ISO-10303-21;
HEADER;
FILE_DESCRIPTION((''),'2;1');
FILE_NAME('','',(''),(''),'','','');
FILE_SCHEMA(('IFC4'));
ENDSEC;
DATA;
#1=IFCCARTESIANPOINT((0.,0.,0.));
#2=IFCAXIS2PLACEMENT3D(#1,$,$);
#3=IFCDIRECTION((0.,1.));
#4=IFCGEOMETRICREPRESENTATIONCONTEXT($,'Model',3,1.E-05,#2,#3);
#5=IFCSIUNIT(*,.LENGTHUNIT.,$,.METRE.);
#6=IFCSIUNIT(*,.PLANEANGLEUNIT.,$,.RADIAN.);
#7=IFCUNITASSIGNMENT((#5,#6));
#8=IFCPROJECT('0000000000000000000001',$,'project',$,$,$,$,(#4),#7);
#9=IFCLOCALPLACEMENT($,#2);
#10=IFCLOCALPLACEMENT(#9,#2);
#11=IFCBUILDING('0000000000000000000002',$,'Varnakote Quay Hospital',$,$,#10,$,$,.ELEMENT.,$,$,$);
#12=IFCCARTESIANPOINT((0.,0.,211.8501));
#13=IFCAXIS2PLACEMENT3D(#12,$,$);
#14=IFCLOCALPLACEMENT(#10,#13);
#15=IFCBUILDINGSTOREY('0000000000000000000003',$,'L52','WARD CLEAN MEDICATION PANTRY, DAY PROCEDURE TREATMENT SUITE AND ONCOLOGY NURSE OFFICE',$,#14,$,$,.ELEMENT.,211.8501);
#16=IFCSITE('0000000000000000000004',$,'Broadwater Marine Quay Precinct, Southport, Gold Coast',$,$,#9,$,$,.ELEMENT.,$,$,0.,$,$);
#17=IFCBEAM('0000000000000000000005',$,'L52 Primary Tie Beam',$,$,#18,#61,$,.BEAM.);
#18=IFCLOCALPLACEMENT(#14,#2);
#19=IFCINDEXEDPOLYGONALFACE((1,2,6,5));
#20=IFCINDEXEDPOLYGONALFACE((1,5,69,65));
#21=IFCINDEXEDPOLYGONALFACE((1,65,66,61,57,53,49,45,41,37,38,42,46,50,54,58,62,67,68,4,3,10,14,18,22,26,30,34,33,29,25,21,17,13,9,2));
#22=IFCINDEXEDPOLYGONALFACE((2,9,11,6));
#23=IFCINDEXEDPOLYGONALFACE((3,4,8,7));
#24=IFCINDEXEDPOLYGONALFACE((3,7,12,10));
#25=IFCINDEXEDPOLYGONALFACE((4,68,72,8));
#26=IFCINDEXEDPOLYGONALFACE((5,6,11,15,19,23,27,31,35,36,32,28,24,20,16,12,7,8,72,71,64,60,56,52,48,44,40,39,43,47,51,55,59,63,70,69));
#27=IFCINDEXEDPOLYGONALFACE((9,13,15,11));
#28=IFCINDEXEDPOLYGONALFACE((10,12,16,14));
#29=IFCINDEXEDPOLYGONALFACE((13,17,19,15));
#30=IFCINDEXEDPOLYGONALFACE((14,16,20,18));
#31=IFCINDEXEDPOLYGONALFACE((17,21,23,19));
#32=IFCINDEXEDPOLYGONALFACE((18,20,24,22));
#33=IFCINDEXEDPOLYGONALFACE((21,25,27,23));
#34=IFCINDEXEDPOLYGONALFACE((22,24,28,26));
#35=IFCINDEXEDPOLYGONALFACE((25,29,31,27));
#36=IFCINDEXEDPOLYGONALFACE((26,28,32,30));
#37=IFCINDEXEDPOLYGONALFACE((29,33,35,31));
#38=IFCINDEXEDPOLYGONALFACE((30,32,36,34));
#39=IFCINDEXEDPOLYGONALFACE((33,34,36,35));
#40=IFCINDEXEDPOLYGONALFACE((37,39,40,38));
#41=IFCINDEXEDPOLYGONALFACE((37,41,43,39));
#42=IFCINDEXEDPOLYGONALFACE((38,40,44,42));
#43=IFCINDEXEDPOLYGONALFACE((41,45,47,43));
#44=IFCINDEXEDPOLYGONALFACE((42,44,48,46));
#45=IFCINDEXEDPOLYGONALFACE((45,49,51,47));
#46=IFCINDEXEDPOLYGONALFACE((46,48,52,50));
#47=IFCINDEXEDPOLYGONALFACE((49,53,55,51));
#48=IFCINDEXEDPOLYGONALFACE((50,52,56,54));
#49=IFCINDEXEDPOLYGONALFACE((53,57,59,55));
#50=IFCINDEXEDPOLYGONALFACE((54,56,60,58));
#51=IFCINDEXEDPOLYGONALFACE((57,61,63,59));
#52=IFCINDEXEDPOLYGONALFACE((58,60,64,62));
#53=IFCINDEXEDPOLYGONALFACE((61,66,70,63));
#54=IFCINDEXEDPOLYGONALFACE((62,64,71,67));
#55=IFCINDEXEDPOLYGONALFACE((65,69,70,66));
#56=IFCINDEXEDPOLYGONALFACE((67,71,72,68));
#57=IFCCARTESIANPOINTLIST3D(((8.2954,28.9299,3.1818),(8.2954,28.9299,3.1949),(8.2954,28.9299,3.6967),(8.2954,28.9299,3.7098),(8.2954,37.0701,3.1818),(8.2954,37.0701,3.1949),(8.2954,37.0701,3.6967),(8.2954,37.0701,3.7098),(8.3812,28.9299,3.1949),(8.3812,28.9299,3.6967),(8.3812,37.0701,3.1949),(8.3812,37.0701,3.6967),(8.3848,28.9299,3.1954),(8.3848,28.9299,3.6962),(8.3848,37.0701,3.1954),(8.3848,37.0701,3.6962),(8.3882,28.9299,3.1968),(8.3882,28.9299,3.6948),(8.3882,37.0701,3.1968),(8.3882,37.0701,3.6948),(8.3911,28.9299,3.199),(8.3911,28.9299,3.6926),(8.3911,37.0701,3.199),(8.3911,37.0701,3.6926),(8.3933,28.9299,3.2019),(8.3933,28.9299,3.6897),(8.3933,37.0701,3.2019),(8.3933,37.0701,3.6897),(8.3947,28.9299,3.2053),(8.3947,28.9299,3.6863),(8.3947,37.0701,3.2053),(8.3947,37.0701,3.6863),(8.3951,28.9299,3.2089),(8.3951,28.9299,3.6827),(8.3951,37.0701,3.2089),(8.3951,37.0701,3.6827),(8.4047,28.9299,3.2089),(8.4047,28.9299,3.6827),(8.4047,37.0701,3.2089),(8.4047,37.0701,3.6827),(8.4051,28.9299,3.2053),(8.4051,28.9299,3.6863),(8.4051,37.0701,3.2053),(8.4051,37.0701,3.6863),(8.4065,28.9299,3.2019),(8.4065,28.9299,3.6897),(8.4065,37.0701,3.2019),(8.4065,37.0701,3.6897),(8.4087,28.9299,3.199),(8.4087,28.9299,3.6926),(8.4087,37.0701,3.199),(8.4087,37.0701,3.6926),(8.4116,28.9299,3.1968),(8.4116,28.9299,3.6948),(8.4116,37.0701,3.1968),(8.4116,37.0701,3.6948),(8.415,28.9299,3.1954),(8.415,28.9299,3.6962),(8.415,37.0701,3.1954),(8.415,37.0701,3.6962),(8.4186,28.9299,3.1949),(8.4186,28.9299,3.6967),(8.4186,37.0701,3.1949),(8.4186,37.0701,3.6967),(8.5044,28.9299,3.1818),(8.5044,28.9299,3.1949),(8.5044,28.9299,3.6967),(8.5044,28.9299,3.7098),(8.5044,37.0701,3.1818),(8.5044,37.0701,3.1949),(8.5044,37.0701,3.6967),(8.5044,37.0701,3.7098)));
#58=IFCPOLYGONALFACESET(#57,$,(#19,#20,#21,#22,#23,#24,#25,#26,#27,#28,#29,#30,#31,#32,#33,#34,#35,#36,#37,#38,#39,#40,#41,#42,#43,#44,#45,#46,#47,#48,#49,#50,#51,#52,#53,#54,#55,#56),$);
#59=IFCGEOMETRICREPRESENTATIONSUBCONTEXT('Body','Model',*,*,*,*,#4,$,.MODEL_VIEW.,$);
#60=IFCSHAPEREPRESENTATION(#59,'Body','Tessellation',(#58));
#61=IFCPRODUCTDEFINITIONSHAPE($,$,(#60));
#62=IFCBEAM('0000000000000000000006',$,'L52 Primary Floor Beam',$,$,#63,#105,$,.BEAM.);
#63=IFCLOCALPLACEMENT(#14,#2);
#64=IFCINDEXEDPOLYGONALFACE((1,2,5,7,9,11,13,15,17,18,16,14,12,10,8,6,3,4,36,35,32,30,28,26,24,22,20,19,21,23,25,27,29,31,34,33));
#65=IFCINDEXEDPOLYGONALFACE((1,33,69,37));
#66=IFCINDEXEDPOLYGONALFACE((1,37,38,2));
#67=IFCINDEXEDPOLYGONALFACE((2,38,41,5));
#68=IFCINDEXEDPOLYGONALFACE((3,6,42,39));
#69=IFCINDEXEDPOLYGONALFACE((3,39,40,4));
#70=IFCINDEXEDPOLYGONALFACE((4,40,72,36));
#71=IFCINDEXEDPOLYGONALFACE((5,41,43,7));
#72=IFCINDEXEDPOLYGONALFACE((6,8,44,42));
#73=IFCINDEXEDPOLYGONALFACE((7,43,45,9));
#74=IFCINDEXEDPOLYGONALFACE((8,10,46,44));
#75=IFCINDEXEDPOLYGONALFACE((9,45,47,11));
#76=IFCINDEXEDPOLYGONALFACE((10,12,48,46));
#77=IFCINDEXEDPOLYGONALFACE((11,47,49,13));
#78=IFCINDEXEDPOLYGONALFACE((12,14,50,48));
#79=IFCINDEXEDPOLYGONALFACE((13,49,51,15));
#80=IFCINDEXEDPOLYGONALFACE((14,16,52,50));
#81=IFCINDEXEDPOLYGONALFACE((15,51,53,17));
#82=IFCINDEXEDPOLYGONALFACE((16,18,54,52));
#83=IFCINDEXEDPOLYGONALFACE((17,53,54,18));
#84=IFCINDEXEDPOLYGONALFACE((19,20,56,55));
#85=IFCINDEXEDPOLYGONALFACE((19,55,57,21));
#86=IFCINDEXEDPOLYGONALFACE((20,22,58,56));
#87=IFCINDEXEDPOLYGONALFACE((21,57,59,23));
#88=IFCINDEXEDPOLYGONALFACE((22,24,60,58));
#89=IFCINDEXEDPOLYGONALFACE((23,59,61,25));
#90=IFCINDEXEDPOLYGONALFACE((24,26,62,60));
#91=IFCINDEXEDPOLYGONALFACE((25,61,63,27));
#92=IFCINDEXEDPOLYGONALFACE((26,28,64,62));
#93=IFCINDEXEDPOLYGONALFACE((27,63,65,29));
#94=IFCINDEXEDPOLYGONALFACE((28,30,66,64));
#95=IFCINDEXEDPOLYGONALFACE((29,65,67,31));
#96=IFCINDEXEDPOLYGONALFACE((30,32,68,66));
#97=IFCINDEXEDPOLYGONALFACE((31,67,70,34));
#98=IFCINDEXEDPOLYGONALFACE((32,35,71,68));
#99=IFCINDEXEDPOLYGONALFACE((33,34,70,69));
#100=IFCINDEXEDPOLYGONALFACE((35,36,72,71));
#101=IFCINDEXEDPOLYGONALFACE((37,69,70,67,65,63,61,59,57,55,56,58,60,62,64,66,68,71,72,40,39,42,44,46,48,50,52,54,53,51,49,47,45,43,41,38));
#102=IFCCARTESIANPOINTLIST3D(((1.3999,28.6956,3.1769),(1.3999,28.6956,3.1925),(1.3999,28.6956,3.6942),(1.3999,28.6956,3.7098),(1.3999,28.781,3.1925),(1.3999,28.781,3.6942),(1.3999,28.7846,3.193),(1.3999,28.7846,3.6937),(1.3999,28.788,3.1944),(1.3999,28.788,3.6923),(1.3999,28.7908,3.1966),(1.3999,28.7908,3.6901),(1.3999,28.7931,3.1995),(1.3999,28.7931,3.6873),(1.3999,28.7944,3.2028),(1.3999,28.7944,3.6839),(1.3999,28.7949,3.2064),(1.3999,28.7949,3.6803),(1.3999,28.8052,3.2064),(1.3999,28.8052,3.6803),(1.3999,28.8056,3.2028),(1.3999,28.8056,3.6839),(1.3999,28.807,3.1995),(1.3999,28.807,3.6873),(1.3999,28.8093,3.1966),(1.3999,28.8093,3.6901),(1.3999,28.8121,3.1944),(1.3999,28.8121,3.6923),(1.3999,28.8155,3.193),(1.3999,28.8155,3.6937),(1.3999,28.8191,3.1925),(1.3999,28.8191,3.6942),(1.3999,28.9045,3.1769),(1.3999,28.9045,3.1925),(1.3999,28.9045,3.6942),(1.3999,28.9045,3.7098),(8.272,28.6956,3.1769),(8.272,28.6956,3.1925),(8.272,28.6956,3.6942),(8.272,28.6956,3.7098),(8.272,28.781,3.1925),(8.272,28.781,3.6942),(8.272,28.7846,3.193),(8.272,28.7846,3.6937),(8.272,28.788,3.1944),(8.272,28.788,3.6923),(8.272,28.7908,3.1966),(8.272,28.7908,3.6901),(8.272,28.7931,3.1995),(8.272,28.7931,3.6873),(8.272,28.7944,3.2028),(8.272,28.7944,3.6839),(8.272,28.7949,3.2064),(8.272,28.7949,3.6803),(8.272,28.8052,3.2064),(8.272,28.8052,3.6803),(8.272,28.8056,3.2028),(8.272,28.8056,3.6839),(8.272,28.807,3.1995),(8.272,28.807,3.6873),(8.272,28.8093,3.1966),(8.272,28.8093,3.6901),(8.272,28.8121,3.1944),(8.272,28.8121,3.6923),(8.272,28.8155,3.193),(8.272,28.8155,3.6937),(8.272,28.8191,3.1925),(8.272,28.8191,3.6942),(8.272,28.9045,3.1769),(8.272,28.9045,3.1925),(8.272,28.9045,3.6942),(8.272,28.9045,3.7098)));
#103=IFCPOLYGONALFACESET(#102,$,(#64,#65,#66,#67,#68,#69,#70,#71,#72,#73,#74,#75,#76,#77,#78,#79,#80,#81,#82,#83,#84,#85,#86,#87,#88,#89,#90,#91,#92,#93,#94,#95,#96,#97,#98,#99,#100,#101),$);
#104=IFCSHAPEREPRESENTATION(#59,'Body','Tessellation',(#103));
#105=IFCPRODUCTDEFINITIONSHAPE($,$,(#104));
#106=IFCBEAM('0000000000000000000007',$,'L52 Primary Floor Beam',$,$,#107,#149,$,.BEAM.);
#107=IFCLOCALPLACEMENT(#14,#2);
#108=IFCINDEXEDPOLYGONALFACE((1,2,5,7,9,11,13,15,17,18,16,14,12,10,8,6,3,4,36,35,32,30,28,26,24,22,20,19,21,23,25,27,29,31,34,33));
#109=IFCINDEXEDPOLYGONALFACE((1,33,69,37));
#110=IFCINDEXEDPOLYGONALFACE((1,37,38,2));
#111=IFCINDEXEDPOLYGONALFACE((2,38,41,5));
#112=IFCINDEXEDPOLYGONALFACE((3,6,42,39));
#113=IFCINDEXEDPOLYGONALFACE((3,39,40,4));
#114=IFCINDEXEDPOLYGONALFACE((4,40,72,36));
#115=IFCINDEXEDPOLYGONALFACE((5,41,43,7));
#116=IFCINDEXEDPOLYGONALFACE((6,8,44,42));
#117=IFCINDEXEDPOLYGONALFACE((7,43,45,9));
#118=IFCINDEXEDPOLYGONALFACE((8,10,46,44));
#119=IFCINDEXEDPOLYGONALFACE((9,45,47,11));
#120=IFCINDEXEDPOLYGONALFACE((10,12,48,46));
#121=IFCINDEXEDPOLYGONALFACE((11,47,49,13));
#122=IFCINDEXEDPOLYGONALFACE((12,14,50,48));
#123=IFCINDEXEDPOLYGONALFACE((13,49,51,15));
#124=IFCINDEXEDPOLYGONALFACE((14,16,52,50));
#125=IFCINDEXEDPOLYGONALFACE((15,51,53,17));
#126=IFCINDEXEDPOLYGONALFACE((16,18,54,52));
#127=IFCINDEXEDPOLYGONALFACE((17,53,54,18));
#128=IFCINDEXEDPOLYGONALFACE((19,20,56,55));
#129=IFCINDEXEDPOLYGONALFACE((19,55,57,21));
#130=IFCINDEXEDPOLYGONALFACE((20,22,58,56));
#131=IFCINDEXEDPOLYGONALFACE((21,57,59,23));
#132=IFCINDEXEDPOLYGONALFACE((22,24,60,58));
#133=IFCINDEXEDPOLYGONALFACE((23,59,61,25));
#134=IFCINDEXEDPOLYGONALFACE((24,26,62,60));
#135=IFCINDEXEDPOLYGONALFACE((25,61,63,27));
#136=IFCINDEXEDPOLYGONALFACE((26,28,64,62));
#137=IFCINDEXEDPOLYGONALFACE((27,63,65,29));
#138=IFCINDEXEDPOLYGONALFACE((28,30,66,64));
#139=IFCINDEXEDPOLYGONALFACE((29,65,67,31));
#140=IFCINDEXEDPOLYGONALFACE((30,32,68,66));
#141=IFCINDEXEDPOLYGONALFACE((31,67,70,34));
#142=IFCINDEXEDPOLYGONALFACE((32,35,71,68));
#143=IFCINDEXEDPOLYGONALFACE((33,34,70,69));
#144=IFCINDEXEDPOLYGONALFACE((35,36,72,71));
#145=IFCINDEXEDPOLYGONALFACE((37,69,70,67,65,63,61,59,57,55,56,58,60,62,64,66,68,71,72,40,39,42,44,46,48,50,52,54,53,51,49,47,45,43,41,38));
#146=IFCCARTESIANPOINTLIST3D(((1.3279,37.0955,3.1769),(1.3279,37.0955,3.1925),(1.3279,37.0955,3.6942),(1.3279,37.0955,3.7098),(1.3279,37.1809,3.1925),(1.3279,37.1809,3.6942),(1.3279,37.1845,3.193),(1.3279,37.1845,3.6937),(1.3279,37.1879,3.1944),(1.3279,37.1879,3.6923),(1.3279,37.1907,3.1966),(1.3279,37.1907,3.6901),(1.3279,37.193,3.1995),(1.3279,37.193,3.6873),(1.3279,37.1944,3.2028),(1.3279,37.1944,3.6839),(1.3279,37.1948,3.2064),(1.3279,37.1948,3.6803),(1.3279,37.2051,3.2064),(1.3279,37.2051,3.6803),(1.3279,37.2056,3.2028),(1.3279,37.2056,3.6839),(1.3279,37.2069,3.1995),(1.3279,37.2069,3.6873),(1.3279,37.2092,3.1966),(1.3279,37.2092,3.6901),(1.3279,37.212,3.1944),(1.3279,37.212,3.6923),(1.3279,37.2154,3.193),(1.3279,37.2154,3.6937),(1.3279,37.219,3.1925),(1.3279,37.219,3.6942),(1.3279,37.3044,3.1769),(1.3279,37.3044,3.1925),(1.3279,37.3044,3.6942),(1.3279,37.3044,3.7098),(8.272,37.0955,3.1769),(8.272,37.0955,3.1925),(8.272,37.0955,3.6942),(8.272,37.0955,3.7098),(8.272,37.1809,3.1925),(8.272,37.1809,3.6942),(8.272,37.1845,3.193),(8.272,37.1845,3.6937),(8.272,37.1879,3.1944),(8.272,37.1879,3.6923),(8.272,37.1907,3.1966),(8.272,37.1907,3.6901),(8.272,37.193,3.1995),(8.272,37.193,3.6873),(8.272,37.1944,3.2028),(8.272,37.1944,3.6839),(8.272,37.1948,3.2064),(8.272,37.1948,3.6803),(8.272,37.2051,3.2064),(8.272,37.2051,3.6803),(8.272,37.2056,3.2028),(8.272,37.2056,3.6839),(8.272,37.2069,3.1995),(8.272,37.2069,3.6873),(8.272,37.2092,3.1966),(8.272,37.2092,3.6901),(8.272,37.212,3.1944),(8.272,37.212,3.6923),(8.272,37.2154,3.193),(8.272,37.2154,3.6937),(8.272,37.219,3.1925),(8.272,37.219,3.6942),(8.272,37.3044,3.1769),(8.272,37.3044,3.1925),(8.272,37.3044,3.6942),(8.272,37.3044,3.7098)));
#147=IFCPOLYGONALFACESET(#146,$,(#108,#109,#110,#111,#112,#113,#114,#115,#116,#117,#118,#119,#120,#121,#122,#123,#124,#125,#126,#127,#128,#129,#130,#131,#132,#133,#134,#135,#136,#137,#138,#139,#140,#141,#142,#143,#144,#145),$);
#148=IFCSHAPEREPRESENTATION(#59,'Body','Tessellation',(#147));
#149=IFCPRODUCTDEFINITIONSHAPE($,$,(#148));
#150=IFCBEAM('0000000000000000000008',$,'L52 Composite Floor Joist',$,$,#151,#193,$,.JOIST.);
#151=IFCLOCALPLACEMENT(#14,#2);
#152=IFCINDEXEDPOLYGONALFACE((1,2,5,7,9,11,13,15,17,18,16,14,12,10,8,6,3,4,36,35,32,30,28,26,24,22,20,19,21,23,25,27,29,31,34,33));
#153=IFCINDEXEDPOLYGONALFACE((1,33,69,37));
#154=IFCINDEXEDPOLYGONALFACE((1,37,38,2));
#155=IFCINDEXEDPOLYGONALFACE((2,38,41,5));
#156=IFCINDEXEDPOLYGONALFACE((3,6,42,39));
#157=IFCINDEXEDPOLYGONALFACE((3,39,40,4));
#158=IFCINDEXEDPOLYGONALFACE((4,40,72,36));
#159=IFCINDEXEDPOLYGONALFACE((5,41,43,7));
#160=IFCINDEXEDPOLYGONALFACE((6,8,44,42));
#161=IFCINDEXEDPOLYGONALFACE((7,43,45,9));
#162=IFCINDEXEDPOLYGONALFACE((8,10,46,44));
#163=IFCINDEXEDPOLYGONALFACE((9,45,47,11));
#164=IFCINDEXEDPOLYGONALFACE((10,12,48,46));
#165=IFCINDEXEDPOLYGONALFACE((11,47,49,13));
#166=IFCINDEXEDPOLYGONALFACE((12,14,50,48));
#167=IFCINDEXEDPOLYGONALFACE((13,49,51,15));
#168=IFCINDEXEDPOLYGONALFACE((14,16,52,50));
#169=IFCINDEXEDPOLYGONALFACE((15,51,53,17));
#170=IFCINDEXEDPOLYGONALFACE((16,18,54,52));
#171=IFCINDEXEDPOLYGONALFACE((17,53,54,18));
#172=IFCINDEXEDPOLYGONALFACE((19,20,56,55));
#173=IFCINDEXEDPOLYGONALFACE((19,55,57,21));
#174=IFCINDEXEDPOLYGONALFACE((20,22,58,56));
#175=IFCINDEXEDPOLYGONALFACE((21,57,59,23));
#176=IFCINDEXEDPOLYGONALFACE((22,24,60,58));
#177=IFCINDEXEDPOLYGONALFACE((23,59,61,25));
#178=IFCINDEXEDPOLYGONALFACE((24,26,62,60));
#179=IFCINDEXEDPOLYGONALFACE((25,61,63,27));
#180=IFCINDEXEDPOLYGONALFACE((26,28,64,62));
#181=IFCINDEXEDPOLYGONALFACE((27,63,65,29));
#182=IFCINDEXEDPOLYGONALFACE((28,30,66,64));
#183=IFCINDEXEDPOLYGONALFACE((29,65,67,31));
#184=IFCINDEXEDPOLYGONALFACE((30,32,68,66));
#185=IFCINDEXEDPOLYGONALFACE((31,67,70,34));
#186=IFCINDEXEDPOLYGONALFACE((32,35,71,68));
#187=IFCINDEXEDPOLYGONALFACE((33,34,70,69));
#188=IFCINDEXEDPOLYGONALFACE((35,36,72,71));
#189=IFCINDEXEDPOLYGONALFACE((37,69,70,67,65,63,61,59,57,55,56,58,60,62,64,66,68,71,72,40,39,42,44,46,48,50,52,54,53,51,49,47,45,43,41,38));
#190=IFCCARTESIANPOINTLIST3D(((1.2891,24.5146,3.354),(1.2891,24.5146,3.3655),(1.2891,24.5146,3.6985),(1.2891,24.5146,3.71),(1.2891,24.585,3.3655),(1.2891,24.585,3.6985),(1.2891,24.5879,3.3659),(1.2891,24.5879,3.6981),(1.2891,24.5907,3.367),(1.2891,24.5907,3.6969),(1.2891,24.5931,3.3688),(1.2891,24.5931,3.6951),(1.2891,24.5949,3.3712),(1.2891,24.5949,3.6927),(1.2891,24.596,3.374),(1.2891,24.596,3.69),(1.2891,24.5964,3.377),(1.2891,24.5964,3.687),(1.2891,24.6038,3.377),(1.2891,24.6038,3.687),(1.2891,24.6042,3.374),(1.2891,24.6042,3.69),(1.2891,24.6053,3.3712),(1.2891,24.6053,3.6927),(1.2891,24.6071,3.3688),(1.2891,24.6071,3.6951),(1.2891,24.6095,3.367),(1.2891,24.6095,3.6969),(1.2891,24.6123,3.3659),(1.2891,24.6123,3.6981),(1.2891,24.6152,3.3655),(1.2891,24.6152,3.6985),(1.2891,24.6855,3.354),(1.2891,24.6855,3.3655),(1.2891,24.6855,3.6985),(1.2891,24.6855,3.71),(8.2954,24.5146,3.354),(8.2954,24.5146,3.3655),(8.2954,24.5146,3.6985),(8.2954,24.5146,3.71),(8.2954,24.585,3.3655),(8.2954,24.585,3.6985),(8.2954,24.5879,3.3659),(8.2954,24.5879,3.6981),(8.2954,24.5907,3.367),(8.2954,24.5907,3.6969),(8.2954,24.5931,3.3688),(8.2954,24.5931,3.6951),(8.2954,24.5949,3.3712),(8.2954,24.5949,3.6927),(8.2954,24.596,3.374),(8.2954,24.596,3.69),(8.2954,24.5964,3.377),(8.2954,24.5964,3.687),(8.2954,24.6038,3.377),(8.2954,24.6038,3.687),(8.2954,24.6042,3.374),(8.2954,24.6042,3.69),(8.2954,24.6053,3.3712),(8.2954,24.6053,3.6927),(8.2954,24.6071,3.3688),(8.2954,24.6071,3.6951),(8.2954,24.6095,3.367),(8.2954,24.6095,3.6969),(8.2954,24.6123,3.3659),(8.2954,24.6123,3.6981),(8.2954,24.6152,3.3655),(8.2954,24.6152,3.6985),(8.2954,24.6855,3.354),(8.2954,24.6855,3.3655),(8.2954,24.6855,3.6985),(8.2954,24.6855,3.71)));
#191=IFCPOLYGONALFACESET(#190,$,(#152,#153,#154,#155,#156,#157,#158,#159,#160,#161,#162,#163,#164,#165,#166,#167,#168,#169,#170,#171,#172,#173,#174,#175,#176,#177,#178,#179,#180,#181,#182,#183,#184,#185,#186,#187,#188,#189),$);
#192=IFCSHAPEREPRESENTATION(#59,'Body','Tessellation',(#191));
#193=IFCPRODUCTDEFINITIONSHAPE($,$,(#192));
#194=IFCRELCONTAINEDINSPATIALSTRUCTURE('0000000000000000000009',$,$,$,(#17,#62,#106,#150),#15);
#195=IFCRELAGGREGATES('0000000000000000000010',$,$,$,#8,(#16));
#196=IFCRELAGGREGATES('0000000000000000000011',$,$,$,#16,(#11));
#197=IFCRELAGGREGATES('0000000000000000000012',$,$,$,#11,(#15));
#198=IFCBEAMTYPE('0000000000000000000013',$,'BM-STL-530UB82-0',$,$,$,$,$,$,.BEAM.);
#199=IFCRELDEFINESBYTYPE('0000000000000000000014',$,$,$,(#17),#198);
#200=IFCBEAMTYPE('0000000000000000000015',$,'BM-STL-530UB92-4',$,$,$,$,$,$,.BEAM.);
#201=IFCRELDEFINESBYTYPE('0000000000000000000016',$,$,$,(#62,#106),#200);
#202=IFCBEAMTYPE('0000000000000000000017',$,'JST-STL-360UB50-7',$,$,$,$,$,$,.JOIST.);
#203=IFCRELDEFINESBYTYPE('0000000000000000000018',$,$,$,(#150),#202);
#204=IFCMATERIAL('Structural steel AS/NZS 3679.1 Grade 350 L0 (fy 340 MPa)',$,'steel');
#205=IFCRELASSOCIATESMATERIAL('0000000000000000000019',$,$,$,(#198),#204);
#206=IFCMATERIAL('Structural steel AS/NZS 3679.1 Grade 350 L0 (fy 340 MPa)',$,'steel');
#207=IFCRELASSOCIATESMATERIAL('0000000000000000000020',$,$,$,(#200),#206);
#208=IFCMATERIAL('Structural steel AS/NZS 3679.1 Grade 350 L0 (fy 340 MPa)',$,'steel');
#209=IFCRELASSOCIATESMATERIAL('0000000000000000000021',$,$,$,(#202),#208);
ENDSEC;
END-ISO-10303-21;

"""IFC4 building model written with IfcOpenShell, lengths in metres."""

from ifc_helpers import new_model, si_unit, direction, frame, origin, origin_2d, place, context, subcontext, project, spatial, i_section, extrude, material, material_profile, profile_set, type_object, element, save


model = new_model("IFC4")

# Units and contexts
model_context = context("Model", 3, precision=1e-05, world=origin(), true_north=direction((0.0, 1.0)))
body_context = subcontext(model_context, "Body", "Model", "MODEL_VIEW")
ifc_project = project(units=[si_unit("LENGTHUNIT", "METRE"), si_unit("PLANEANGLEUNIT", "RADIAN")], contexts=[model_context])

# Site, building, storey
site_placement = place(None, origin())
site = spatial("IfcSite", under=ifc_project, at=site_placement, Name="Broadwater Marine Quay Precinct, Southport, Gold Coast", CompositionType="ELEMENT", RefElevation=0.0)
building_placement = place(site_placement, origin())
building = spatial("IfcBuilding", under=site, at=building_placement, Name="Varnakote Quay Hospital", CompositionType="ELEMENT")
storey_placement = place(building_placement, frame((0.0, 0.0, 211.8501)))
storey = spatial("IfcBuildingStorey", under=building, at=storey_placement, Name="L52", Description="WARD CLEAN MEDICATION PANTRY, DAY PROCEDURE TREATMENT SUITE AND ONCOLOGY NURSE OFFICE", CompositionType="ELEMENT", Elevation=211.8501)

# Beams
ifc_material_1 = material(Name="Structural steel AS/NZS 3679.1 Grade 350 L0 (fy 340 MPa)", Category="steel")
ifc_material_profile_1 = material_profile(ifc_material_1, i_section(OverallWidth=0.209, OverallDepth=0.5281, WebThickness=0.0095, FlangeThickness=0.0132, FilletRadius=0.0139, at=origin_2d()), Name="530UB82.0")
ifc_profile_set_1 = profile_set([ifc_material_profile_1], Name="Structural steel AS/NZS 3679.1 Grade 350 L0 (fy 340 MPa)")
beam_type_1 = type_object("IfcBeamType", Name="BM-STL-530UB82-0", PredefinedType="BEAM", material=ifc_profile_set_1)
beam_1_placement = place(storey_placement, frame((8.3999, 28.9299, 3.4458), z_axis=(0.0, 1.0, 0.0), x_axis=(-1.0, 0.0, 0.0)))
element("IfcBeam", 1, at=beam_1_placement, inside=storey, type_object=beam_type_1, Name="L52 Primary Tie Beam", PredefinedType="BEAM", context=body_context, shape_type="SweptSolid", body=[
    extrude(i_section(OverallWidth=0.209, OverallDepth=0.5281, WebThickness=0.0095, FlangeThickness=0.0132, FilletRadius=0.0139, at=origin_2d()), origin(), (0.0, 0.0, 1.0), 8.1401),
])
ifc_material_2 = material(Name="Structural steel AS/NZS 3679.1 Grade 350 L0 (fy 340 MPa)", Category="steel")
ifc_material_profile_2 = material_profile(ifc_material_2, i_section(OverallWidth=0.209, OverallDepth=0.533, WebThickness=0.0103, FlangeThickness=0.0156, FilletRadius=0.0139, at=origin_2d()), Name="530UB92.4")
ifc_profile_set_2 = profile_set([ifc_material_profile_2], Name="Structural steel AS/NZS 3679.1 Grade 350 L0 (fy 340 MPa)")
beam_type_2 = type_object("IfcBeamType", Name="BM-STL-530UB92-4", PredefinedType="BEAM", material=ifc_profile_set_2)
beam_2_placement = place(storey_placement, frame((1.3999, 28.8, 3.4434), z_axis=(1.0, 0.0, 0.0), x_axis=(0.0, 1.0, 0.0)))
element("IfcBeam", 2, at=beam_2_placement, inside=storey, type_object=beam_type_2, Name="L52 Primary Floor Beam", PredefinedType="BEAM", context=body_context, shape_type="SweptSolid", body=[
    extrude(i_section(OverallWidth=0.209, OverallDepth=0.533, WebThickness=0.0103, FlangeThickness=0.0156, FilletRadius=0.0139, at=origin_2d()), origin(), (0.0, 0.0, 1.0), 6.8721),
])
beam_3_placement = place(storey_placement, frame((1.3279, 37.2, 3.4434), z_axis=(1.0, 0.0, 0.0), x_axis=(0.0, 1.0, 0.0)))
element("IfcBeam", 3, at=beam_3_placement, inside=storey, type_object=beam_type_2, Name="L52 Primary Floor Beam", PredefinedType="BEAM", context=body_context, shape_type="SweptSolid", body=[
    extrude(i_section(OverallWidth=0.209, OverallDepth=0.533, WebThickness=0.0103, FlangeThickness=0.0156, FilletRadius=0.0139, at=origin_2d()), origin(), (0.0, 0.0, 1.0), 6.9441),
])
ifc_material_3 = material(Name="Structural steel AS/NZS 3679.1 Grade 350 L0 (fy 340 MPa)", Category="steel")
ifc_material_profile_3 = material_profile(ifc_material_3, i_section(OverallWidth=0.1709, OverallDepth=0.356, WebThickness=0.0073, FlangeThickness=0.0115, FilletRadius=0.0115, at=origin_2d()), Name="360UB50.7")
ifc_profile_set_3 = profile_set([ifc_material_profile_3], Name="Structural steel AS/NZS 3679.1 Grade 350 L0 (fy 340 MPa)")
beam_type_3 = type_object("IfcBeamType", Name="JST-STL-360UB50-7", PredefinedType="JOIST", material=ifc_profile_set_3)
beam_4_placement = place(storey_placement, frame((1.2891, 24.6001, 3.532), z_axis=(1.0, 0.0, 0.0), x_axis=(0.0, 1.0, 0.0)))
element("IfcBeam", 4, at=beam_4_placement, inside=storey, type_object=beam_type_3, Name="L52 Composite Floor Joist", PredefinedType="JOIST", context=body_context, shape_type="SweptSolid", body=[
    extrude(i_section(OverallWidth=0.1709, OverallDepth=0.356, WebThickness=0.0073, FlangeThickness=0.0115, FilletRadius=0.0115, at=origin_2d()), origin(), (0.0, 0.0, 1.0), 7.0063),
])

save(model, "model.ifc")
